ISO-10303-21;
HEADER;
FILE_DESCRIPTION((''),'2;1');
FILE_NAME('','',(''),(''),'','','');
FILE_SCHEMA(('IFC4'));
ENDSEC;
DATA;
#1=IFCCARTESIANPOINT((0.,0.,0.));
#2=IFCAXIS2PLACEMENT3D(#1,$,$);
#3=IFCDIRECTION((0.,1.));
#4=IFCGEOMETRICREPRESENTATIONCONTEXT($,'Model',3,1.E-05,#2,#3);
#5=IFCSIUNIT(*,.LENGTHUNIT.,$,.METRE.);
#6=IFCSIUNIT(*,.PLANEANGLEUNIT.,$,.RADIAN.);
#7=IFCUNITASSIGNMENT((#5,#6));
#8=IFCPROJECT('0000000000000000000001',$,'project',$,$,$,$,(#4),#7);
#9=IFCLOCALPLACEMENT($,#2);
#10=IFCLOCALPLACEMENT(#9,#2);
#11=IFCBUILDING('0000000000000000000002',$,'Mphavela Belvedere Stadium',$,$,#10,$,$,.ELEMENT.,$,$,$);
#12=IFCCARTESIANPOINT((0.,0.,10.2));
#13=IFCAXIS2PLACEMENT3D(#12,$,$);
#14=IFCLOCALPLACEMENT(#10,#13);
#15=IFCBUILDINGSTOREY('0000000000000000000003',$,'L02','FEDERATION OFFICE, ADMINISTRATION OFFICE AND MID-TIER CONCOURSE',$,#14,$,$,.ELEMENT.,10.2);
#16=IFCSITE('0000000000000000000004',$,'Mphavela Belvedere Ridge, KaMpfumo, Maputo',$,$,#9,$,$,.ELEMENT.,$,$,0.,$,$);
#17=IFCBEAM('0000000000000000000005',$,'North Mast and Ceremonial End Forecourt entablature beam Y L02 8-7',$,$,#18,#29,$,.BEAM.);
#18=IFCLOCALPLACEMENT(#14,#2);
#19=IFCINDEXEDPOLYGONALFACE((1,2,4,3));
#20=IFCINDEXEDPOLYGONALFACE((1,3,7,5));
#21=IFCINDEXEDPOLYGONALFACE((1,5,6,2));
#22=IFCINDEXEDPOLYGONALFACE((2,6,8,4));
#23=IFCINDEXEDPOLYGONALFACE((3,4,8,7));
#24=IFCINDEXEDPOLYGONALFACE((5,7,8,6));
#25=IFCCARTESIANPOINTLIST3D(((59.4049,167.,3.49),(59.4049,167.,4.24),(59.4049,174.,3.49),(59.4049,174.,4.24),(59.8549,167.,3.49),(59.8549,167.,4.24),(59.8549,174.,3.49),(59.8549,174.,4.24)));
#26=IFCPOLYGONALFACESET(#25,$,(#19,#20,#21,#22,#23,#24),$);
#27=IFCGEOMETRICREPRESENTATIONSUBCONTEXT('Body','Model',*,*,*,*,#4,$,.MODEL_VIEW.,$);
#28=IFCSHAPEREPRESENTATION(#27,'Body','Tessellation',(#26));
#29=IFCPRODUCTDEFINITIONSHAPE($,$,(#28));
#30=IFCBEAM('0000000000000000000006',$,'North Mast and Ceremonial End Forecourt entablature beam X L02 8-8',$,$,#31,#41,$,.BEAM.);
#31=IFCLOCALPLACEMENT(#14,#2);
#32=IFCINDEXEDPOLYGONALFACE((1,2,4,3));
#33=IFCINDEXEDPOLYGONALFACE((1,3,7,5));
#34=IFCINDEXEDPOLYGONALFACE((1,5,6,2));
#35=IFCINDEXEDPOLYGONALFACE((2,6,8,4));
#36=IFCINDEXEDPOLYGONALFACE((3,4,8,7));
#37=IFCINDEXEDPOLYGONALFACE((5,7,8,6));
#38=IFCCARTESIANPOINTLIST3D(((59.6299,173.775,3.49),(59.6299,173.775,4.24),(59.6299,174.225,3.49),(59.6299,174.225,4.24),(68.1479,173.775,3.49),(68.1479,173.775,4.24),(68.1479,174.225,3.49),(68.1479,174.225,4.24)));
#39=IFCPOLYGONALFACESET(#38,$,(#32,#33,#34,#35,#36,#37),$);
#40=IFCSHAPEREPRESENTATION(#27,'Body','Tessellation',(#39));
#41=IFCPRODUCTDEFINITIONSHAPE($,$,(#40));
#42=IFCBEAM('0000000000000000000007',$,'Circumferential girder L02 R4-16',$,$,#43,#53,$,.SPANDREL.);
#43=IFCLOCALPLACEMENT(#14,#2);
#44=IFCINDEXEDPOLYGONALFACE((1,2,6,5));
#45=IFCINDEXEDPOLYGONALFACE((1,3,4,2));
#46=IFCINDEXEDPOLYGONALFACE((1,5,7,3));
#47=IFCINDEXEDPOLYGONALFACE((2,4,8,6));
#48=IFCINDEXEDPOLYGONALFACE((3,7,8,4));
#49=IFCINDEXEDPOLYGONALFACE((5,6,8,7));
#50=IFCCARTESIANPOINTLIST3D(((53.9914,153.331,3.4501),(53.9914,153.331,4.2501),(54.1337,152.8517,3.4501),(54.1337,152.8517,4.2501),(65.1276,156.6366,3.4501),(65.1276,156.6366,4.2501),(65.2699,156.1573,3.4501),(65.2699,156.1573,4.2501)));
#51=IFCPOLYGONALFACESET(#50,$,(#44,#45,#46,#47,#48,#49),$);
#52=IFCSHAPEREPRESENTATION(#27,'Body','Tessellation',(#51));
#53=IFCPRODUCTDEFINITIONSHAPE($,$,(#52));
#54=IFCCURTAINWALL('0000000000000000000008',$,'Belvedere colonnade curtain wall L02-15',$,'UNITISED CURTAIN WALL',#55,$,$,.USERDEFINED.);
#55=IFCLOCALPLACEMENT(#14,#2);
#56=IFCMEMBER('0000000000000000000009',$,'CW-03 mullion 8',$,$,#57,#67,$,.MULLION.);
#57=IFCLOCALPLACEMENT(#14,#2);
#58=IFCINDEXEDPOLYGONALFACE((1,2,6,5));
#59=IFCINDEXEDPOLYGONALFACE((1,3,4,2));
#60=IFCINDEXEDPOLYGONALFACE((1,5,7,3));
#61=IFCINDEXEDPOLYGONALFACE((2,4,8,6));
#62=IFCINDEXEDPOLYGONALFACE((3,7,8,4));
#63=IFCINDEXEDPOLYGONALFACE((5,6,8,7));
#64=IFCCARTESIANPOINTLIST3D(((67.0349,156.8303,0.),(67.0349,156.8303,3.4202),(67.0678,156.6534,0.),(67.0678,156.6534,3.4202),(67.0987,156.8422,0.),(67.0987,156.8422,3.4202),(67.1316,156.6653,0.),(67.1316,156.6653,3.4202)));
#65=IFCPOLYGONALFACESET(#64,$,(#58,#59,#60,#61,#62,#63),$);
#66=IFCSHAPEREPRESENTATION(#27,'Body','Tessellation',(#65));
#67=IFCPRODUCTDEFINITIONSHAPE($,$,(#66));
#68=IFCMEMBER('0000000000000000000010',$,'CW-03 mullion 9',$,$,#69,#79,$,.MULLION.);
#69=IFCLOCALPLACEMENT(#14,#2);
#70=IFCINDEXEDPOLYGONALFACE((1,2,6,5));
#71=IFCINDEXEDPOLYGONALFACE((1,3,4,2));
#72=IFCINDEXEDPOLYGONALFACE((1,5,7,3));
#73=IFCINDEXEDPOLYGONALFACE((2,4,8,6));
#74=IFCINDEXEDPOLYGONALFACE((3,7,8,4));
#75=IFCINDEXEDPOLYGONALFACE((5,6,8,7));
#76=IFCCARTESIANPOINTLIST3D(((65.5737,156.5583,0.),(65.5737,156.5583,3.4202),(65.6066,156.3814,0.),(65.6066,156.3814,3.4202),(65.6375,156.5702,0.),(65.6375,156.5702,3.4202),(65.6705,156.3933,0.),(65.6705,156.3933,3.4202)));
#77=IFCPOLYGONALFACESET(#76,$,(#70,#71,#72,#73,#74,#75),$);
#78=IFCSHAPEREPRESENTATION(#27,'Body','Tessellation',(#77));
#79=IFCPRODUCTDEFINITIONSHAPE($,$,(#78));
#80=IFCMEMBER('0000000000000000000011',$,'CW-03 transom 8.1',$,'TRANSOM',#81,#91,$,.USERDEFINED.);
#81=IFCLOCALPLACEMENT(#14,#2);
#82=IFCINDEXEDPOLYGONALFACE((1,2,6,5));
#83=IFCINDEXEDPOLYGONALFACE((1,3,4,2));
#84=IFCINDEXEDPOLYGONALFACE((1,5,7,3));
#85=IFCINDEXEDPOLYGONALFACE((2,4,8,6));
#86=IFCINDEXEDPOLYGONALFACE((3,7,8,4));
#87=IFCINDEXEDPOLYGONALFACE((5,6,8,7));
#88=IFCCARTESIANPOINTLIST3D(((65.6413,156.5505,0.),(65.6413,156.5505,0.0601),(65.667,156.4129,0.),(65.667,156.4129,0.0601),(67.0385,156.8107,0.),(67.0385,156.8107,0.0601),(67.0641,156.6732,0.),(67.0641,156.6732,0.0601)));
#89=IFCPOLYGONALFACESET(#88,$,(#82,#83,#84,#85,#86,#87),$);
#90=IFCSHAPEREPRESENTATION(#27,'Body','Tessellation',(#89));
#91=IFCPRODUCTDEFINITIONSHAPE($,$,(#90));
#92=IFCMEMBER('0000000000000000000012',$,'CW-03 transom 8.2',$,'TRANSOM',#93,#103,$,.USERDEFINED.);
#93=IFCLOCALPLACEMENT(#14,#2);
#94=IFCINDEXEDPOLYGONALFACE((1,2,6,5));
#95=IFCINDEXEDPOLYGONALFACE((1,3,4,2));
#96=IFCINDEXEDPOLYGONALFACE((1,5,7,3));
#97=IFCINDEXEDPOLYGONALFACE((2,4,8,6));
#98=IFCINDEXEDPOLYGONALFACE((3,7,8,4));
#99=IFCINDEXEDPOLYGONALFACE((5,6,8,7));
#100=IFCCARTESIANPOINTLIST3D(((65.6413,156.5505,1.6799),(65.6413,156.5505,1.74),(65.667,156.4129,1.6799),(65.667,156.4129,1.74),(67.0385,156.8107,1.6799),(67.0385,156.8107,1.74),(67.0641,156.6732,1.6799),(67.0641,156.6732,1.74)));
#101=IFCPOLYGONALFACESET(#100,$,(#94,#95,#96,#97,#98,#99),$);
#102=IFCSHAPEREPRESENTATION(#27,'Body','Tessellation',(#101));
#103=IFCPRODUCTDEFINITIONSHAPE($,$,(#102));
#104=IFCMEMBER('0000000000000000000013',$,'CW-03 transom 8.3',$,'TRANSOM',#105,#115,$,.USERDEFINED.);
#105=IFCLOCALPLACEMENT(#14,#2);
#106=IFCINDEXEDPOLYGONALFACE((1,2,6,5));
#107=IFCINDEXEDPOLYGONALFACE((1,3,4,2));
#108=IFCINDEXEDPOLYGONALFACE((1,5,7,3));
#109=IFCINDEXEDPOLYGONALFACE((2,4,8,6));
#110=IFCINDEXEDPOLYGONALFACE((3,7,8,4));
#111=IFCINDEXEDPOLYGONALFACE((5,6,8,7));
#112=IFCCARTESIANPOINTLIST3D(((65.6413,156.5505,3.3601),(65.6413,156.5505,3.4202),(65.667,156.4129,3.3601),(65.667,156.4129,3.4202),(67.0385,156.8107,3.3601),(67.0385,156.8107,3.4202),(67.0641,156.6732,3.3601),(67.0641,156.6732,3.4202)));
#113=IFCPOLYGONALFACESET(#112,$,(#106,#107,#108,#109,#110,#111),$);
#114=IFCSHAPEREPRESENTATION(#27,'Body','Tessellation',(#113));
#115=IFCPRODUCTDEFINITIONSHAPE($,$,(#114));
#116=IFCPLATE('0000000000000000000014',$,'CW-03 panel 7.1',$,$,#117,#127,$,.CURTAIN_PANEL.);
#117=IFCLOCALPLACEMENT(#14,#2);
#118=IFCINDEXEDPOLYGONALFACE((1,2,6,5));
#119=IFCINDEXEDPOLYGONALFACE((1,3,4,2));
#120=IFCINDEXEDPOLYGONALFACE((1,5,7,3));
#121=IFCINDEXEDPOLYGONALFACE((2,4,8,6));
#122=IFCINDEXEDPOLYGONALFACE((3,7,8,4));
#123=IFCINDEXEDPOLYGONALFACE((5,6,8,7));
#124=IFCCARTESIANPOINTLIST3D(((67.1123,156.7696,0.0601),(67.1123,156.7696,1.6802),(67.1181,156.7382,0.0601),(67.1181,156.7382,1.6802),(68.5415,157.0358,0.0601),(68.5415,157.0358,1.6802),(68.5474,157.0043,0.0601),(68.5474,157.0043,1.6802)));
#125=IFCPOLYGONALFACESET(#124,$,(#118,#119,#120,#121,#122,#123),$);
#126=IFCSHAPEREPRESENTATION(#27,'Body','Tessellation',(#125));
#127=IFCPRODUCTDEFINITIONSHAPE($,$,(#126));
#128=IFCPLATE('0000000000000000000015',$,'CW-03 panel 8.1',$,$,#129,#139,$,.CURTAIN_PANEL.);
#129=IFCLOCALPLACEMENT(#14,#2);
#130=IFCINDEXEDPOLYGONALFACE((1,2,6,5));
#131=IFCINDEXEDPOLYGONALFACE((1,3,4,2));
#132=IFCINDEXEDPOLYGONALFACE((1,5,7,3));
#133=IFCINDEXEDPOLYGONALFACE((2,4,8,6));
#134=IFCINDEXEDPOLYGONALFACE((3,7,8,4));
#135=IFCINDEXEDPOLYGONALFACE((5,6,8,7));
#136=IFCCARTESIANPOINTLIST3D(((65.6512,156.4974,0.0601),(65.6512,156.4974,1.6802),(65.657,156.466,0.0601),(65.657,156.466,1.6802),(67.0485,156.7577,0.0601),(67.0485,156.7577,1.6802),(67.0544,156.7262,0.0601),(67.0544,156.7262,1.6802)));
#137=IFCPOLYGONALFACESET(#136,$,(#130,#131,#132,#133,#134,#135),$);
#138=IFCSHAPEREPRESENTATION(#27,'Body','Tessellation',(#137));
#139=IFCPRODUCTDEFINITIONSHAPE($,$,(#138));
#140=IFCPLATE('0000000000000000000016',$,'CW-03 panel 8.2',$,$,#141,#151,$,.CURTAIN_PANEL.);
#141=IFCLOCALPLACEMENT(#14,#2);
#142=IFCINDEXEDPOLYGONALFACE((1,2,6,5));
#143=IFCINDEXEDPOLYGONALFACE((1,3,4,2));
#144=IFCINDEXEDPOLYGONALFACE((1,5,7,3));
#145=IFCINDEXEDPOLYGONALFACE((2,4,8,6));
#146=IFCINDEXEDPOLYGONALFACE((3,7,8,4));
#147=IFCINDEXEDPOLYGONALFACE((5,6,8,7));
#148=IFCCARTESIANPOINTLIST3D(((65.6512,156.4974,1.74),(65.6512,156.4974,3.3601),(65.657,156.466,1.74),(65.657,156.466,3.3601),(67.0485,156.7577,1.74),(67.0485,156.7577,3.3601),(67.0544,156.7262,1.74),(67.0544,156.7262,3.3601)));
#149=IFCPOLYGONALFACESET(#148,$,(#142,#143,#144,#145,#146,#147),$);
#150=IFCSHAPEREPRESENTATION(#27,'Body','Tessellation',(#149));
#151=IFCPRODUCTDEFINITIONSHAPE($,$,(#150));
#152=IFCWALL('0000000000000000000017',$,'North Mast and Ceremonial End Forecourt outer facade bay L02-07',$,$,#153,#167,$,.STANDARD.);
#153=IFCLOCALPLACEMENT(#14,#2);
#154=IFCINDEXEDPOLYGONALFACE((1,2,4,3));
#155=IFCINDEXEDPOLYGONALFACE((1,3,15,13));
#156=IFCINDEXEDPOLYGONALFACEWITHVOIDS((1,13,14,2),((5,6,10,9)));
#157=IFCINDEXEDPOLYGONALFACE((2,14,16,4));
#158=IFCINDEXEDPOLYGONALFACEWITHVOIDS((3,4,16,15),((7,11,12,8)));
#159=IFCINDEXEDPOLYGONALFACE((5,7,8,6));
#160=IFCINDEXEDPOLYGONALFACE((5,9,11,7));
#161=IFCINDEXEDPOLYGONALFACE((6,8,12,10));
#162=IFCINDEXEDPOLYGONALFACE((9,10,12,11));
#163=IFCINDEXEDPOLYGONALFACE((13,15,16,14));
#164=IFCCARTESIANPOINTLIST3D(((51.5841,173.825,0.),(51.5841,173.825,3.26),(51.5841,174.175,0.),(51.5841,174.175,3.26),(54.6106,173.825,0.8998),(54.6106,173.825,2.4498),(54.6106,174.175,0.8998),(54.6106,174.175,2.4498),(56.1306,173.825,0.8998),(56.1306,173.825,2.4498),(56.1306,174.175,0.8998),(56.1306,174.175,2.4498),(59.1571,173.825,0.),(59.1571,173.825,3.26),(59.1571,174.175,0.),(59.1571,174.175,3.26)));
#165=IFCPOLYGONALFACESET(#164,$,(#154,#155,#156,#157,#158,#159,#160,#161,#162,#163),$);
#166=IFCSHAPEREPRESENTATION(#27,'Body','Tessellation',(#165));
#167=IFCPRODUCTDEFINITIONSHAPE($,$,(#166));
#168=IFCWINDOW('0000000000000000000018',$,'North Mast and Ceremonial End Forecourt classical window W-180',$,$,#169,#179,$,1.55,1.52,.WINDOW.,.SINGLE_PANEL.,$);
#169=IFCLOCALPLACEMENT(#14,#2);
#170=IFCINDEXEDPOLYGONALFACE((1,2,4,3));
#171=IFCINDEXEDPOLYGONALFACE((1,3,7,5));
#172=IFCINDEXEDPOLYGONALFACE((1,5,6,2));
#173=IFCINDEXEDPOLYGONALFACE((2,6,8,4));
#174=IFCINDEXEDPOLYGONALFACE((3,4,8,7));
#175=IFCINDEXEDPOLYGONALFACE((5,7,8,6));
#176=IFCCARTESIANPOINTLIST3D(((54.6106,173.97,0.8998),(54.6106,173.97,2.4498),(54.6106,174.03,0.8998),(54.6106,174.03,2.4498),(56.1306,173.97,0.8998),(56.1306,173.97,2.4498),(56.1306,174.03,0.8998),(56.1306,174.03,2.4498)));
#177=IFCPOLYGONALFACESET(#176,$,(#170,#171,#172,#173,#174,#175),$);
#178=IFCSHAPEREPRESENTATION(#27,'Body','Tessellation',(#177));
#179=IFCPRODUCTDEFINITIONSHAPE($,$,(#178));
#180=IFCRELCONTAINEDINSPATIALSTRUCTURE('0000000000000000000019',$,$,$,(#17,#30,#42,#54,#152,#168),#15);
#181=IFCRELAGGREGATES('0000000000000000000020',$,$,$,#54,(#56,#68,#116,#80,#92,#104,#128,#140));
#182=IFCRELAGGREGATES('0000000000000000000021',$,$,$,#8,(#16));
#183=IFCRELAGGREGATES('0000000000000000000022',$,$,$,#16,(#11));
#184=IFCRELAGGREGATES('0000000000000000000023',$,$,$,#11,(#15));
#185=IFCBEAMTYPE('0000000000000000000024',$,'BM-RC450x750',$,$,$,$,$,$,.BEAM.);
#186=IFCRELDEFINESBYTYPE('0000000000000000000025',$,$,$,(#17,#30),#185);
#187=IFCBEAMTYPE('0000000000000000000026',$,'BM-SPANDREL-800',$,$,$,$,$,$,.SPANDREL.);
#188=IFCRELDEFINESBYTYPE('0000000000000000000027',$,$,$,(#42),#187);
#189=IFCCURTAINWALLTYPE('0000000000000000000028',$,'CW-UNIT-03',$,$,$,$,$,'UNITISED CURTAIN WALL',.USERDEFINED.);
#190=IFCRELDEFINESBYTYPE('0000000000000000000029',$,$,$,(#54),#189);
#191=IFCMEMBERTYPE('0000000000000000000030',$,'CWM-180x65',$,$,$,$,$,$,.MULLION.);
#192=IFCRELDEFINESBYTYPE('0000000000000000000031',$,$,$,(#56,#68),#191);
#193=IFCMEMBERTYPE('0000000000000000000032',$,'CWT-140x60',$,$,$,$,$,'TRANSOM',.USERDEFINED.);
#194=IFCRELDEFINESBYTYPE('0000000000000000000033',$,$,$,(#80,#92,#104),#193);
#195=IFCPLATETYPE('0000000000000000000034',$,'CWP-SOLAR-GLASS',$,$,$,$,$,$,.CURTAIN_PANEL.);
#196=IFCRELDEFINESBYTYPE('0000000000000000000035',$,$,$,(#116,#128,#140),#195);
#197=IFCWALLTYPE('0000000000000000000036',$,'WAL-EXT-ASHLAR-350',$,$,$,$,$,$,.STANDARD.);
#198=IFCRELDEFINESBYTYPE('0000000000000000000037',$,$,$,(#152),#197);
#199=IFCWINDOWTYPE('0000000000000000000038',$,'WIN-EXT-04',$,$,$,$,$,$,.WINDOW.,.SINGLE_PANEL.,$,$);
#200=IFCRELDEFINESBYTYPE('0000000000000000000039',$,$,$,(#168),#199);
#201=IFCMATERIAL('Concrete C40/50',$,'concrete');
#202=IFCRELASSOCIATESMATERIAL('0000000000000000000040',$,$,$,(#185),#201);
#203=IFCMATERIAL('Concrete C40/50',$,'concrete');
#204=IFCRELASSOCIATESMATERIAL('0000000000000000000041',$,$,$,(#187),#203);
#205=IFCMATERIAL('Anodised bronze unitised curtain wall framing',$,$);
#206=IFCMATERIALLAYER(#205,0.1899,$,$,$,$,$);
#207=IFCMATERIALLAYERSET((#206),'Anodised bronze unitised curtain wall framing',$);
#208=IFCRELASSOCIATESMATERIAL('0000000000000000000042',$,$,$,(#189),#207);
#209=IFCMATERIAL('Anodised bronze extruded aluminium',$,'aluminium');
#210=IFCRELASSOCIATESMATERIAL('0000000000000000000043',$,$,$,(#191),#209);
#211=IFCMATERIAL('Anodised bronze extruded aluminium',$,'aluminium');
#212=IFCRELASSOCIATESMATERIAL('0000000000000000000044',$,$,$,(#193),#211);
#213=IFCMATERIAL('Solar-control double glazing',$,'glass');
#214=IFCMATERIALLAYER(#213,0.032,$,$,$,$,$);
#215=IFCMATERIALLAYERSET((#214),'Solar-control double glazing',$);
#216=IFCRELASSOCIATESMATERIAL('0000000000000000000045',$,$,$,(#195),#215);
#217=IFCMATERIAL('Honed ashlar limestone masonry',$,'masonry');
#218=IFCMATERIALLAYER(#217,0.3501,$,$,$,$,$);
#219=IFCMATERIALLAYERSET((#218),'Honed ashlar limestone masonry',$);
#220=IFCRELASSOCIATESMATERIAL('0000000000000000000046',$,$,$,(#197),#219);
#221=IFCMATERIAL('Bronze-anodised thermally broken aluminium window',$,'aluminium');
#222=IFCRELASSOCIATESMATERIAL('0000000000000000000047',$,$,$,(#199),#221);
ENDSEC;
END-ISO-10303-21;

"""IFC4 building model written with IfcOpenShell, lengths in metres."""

from ifc_helpers import new_model, si_unit, direction, frame, frame_2d, origin, origin_2d, place, context, subcontext, project, spatial, rectangle, extrude, material, layer, layer_set, material_profile, profile_set, type_object, element, fill, aggregate, save


model = new_model("IFC4")

# Units and contexts
model_context = context("Model", 3, precision=1e-05, world=origin(), true_north=direction((0.0, 1.0)))
body_context = subcontext(model_context, "Body", "Model", "MODEL_VIEW")
ifc_project = project(units=[si_unit("LENGTHUNIT", "METRE"), si_unit("PLANEANGLEUNIT", "RADIAN")], contexts=[model_context])

# Site, building, storey
site_placement = place(None, origin())
site = spatial("IfcSite", under=ifc_project, at=site_placement, Name="Mphavela Belvedere Ridge, KaMpfumo, Maputo", CompositionType="ELEMENT", RefElevation=0.0)
building_placement = place(site_placement, origin())
building = spatial("IfcBuilding", under=site, at=building_placement, Name="Mphavela Belvedere Stadium", CompositionType="ELEMENT")
storey_placement = place(building_placement, frame((0.0, 0.0, 10.2)))
storey = spatial("IfcBuildingStorey", under=building, at=storey_placement, Name="L02", Description="FEDERATION OFFICE, ADMINISTRATION OFFICE AND MID-TIER CONCOURSE", CompositionType="ELEMENT", Elevation=10.2)

# Beams
ifc_material_1 = material(Name="Concrete C40/50", Category="concrete")
ifc_material_profile_1 = material_profile(ifc_material_1, rectangle(XDim=0.45, YDim=0.75, at=origin_2d()), Name="RC 450x750")
ifc_profile_set_1 = profile_set([ifc_material_profile_1], Name="Concrete C40/50")
beam_type_1 = type_object("IfcBeamType", Name="BM-RC450x750", PredefinedType="BEAM", material=ifc_profile_set_1)
beam_1_placement = place(storey_placement, frame((59.6299, 167.0, 3.865), z_axis=(0.0, 1.0, 0.0), x_axis=(-1.0, 0.0, 0.0)))
element("IfcBeam", 1, at=beam_1_placement, inside=storey, type_object=beam_type_1, Name="North Mast and Ceremonial End Forecourt entablature beam Y L02 8-7", PredefinedType="BEAM", context=body_context, shape_type="SweptSolid", body=[
    extrude(rectangle(XDim=0.45, YDim=0.75, at=origin_2d()), origin(), (0.0, 0.0, 1.0), 7.0),
])
beam_2_placement = place(storey_placement, frame((59.6299, 174.0, 3.865), z_axis=(1.0, 0.0, 0.0), x_axis=(0.0, 1.0, 0.0)))
element("IfcBeam", 2, at=beam_2_placement, inside=storey, type_object=beam_type_1, Name="North Mast and Ceremonial End Forecourt entablature beam X L02 8-8", PredefinedType="BEAM", context=body_context, shape_type="SweptSolid", body=[
    extrude(rectangle(XDim=0.45, YDim=0.75, at=origin_2d()), origin(), (0.0, 0.0, 1.0), 8.5181),
])
ifc_material_2 = material(Name="Concrete C40/50", Category="concrete")
ifc_material_profile_2 = material_profile(ifc_material_2, rectangle(XDim=0.5, YDim=0.8, at=origin_2d()), Name="RC 500x800")
ifc_profile_set_2 = profile_set([ifc_material_profile_2], Name="Concrete C40/50")
beam_type_2 = type_object("IfcBeamType", Name="BM-SPANDREL-800", PredefinedType="SPANDREL", material=ifc_profile_set_2)
beam_3_placement = place(storey_placement, frame((65.1987, 156.397, 3.8501), z_axis=(-0.958656, -0.284566, 0.0), x_axis=(0.284566, -0.958656, 0.0)))
element("IfcBeam", 3, at=beam_3_placement, inside=storey, type_object=beam_type_2, Name="Circumferential girder L02 R4-16", PredefinedType="SPANDREL", context=body_context, shape_type="SweptSolid", body=[
    extrude(rectangle(XDim=0.5, YDim=0.8, at=origin_2d()), origin(), (0.0, 0.0, 1.0), 11.6165),
])

# Curtain wall, members, plates
ifc_material_3 = material(Name="Anodised bronze unitised curtain wall framing")
ifc_layer_1 = layer(ifc_material_3, 0.1899)
ifc_layer_set_1 = layer_set([ifc_layer_1], Name="Anodised bronze unitised curtain wall framing")
curtain_wall_type = type_object("IfcCurtainWallType", Name="CW-UNIT-03", ElementType="UNITISED CURTAIN WALL", PredefinedType="USERDEFINED", material=ifc_layer_set_1)
curtain_wall_placement = place(storey_placement, origin())
curtain_wall = element("IfcCurtainWall", 4, at=curtain_wall_placement, inside=storey, type_object=curtain_wall_type, Name="Belvedere colonnade curtain wall L02-15", ObjectType="UNITISED CURTAIN WALL", PredefinedType="USERDEFINED")
ifc_material_4 = material(Name="Anodised bronze extruded aluminium", Category="aluminium")
ifc_material_profile_3 = material_profile(ifc_material_4, rectangle(XDim=0.1799, YDim=0.0649, at=origin_2d()), Name="CW-MUL 180x65")
ifc_profile_set_3 = profile_set([ifc_material_profile_3], Name="Anodised bronze extruded aluminium")
member_type_1 = type_object("IfcMemberType", Name="CWM-180x65", PredefinedType="MULLION", material=ifc_profile_set_3)
member_1_placement = place(storey_placement, frame((67.0833, 156.7478, 0.0), z_axis=(0.0, 0.0, 1.0), x_axis=(0.183085, -0.983097, 0.0)))
member_1 = element("IfcMember", 5, at=member_1_placement, type_object=member_type_1, Name="CW-03 mullion 8", PredefinedType="MULLION", context=body_context, shape_type="SweptSolid", body=[
    extrude(rectangle(XDim=0.1799, YDim=0.0649, at=origin_2d()), origin(), (0.0, 0.0, 1.0), 3.4202),
])
member_2_placement = place(storey_placement, frame((65.6221, 156.4758, 0.0), z_axis=(0.0, 0.0, 1.0), x_axis=(0.183085, -0.983097, 0.0)))
member_2 = element("IfcMember", 6, at=member_2_placement, type_object=member_type_1, Name="CW-03 mullion 9", PredefinedType="MULLION", context=body_context, shape_type="SweptSolid", body=[
    extrude(rectangle(XDim=0.1799, YDim=0.0649, at=origin_2d()), origin(), (0.0, 0.0, 1.0), 3.4202),
])
ifc_material_5 = material(Name="Anodised bronze extruded aluminium", Category="aluminium")
ifc_material_profile_4 = material_profile(ifc_material_5, rectangle(XDim=0.1399, YDim=0.0601, at=origin_2d()), Name="CW-TRN 140x60")
ifc_profile_set_4 = profile_set([ifc_material_profile_4], Name="Anodised bronze extruded aluminium")
member_type_2 = type_object("IfcMemberType", Name="CWT-140x60", ElementType="TRANSOM", PredefinedType="USERDEFINED", material=ifc_profile_set_4)
member_3_placement = place(storey_placement, frame((67.0513, 156.7419, 0.03), z_axis=(-0.983091, -0.183116, 0.0), x_axis=(0.183116, -0.983091, 0.0)))
member_3 = element("IfcMember", 7, at=member_3_placement, type_object=member_type_2, Name="CW-03 transom 8.1", ObjectType="TRANSOM", PredefinedType="USERDEFINED", context=body_context, shape_type="SweptSolid", body=[
    extrude(rectangle(XDim=0.1399, YDim=0.0601, at=origin_2d()), origin(), (0.0, 0.0, 1.0), 1.4211),
])
member_4_placement = place(storey_placement, frame((67.0513, 156.7419, 1.71), z_axis=(-0.983091, -0.183116, 0.0), x_axis=(0.183116, -0.983091, 0.0)))
member_4 = element("IfcMember", 8, at=member_4_placement, type_object=member_type_2, Name="CW-03 transom 8.2", ObjectType="TRANSOM", PredefinedType="USERDEFINED", context=body_context, shape_type="SweptSolid", body=[
    extrude(rectangle(XDim=0.1399, YDim=0.0601, at=origin_2d()), origin(), (0.0, 0.0, 1.0), 1.4211),
])
member_5_placement = place(storey_placement, frame((67.0513, 156.7419, 3.3901), z_axis=(-0.983091, -0.183116, 0.0), x_axis=(0.183116, -0.983091, 0.0)))
member_5 = element("IfcMember", 9, at=member_5_placement, type_object=member_type_2, Name="CW-03 transom 8.3", ObjectType="TRANSOM", PredefinedType="USERDEFINED", context=body_context, shape_type="SweptSolid", body=[
    extrude(rectangle(XDim=0.1399, YDim=0.0601, at=origin_2d()), origin(), (0.0, 0.0, 1.0), 1.4211),
])
ifc_material_6 = material(Name="Solar-control double glazing", Category="glass")
ifc_layer_2 = layer(ifc_material_6, 0.032)
ifc_layer_set_2 = layer_set([ifc_layer_2], Name="Solar-control double glazing")
plate_type = type_object("IfcPlateType", Name="CWP-SOLAR-GLASS", PredefinedType="CURTAIN_PANEL", material=ifc_layer_set_2)
plate_1_placement = place(storey_placement, frame((67.8298, 156.887, 0.0601), z_axis=(0.0, 0.0, 1.0), x_axis=(-0.983097, -0.183085, 0.0)))
plate_1 = element("IfcPlate", 10, at=plate_1_placement, type_object=plate_type, Name="CW-03 panel 7.1", PredefinedType="CURTAIN_PANEL", context=body_context, shape_type="SweptSolid", body=[
    extrude(rectangle(XDim=1.4539, YDim=0.032, at=origin_2d()), origin(), (0.0, 0.0, 1.0), 1.6201),
])
plate_2_placement = place(storey_placement, frame((66.3528, 156.6118, 0.0601), z_axis=(0.0, 0.0, 1.0), x_axis=(-0.983097, -0.183085, 0.0)))
plate_2 = element("IfcPlate", 11, at=plate_2_placement, type_object=plate_type, Name="CW-03 panel 8.1", PredefinedType="CURTAIN_PANEL", context=body_context, shape_type="SweptSolid", body=[
    extrude(rectangle(XDim=1.4214, YDim=0.032, at=origin_2d()), origin(), (0.0, 0.0, 1.0), 1.6201),
])
plate_3_placement = place(storey_placement, frame((66.3528, 156.6118, 1.74), z_axis=(0.0, 0.0, 1.0), x_axis=(-0.983097, -0.183085, 0.0)))
plate_3 = element("IfcPlate", 12, at=plate_3_placement, type_object=plate_type, Name="CW-03 panel 8.2", PredefinedType="CURTAIN_PANEL", context=body_context, shape_type="SweptSolid", body=[
    extrude(rectangle(XDim=1.4214, YDim=0.032, at=origin_2d()), origin(), (0.0, 0.0, 1.0), 1.6201),
])
aggregate(curtain_wall, [member_1, member_2, plate_1, member_3, member_4, member_5, plate_2, plate_3])

# Wall, opening, window
ifc_material_7 = material(Name="Honed ashlar limestone masonry", Category="masonry")
ifc_layer_3 = layer(ifc_material_7, 0.3501)
ifc_layer_set_3 = layer_set([ifc_layer_3], Name="Honed ashlar limestone masonry")
wall_type_1 = type_object("IfcWallType", Name="WAL-EXT-ASHLAR-350", PredefinedType="STANDARD", material=ifc_layer_set_3)
wall_1_placement = place(storey_placement, frame((51.584, 174.0, 0.0), z_axis=(0.0, 0.0, 1.0), x_axis=(1.0, 0.0, 0.0)))
wall_1 = element("IfcWall", 13, at=wall_1_placement, inside=storey, type_object=wall_type_1, Name="North Mast and Ceremonial End Forecourt outer facade bay L02-07", PredefinedType="STANDARD", context=body_context, shape_type="SweptSolid", body=[
    extrude(rectangle(XDim=7.573, YDim=0.3501, at=frame_2d((3.7866, 0.0))), origin(), (0.0, 0.0, 1.0), 3.26),
])
opening_1_placement = place(wall_1_placement, frame((3.0266, 0.0, 0.8999)))
opening_1 = element("IfcOpeningElement", 14, at=opening_1_placement, cuts=wall_1, PredefinedType="OPENING", context=body_context, shape_type="SweptSolid", body=[
    extrude(rectangle(XDim=1.52, YDim=1.55, at=frame_2d((0.76, 0.7749))), frame((0.0, 0.1851, 0.0), z_axis=(0.0, -1.0, 0.0), x_axis=(1.0, 0.0, 0.0)), (0.0, 0.0, 1.0), 0.3701),
])
ifc_material_8 = material(Name="Bronze-anodised thermally broken aluminium window", Category="aluminium")
window_type_1 = type_object("IfcWindowType", Name="WIN-EXT-04", PartitioningType="SINGLE_PANEL", PredefinedType="WINDOW", material=ifc_material_8)
window_1_placement = place(opening_1_placement, origin())
window_1 = element("IfcWindow", 15, at=window_1_placement, inside=storey, type_object=window_type_1, Name="North Mast and Ceremonial End Forecourt classical window W-180", OverallHeight=1.55, OverallWidth=1.52, PartitioningType="SINGLE_PANEL", PredefinedType="WINDOW", context=body_context, shape_type="SweptSolid", body=[
    extrude(rectangle(XDim=1.52, YDim=1.55, at=frame_2d((0.76, 0.7749))), frame((0.0, 0.03, 0.0), z_axis=(0.0, -1.0, 0.0), x_axis=(1.0, 0.0, 0.0)), (0.0, 0.0, 1.0), 0.0601),
])
fill(opening_1, window_1)

save(model, "model.ifc")
